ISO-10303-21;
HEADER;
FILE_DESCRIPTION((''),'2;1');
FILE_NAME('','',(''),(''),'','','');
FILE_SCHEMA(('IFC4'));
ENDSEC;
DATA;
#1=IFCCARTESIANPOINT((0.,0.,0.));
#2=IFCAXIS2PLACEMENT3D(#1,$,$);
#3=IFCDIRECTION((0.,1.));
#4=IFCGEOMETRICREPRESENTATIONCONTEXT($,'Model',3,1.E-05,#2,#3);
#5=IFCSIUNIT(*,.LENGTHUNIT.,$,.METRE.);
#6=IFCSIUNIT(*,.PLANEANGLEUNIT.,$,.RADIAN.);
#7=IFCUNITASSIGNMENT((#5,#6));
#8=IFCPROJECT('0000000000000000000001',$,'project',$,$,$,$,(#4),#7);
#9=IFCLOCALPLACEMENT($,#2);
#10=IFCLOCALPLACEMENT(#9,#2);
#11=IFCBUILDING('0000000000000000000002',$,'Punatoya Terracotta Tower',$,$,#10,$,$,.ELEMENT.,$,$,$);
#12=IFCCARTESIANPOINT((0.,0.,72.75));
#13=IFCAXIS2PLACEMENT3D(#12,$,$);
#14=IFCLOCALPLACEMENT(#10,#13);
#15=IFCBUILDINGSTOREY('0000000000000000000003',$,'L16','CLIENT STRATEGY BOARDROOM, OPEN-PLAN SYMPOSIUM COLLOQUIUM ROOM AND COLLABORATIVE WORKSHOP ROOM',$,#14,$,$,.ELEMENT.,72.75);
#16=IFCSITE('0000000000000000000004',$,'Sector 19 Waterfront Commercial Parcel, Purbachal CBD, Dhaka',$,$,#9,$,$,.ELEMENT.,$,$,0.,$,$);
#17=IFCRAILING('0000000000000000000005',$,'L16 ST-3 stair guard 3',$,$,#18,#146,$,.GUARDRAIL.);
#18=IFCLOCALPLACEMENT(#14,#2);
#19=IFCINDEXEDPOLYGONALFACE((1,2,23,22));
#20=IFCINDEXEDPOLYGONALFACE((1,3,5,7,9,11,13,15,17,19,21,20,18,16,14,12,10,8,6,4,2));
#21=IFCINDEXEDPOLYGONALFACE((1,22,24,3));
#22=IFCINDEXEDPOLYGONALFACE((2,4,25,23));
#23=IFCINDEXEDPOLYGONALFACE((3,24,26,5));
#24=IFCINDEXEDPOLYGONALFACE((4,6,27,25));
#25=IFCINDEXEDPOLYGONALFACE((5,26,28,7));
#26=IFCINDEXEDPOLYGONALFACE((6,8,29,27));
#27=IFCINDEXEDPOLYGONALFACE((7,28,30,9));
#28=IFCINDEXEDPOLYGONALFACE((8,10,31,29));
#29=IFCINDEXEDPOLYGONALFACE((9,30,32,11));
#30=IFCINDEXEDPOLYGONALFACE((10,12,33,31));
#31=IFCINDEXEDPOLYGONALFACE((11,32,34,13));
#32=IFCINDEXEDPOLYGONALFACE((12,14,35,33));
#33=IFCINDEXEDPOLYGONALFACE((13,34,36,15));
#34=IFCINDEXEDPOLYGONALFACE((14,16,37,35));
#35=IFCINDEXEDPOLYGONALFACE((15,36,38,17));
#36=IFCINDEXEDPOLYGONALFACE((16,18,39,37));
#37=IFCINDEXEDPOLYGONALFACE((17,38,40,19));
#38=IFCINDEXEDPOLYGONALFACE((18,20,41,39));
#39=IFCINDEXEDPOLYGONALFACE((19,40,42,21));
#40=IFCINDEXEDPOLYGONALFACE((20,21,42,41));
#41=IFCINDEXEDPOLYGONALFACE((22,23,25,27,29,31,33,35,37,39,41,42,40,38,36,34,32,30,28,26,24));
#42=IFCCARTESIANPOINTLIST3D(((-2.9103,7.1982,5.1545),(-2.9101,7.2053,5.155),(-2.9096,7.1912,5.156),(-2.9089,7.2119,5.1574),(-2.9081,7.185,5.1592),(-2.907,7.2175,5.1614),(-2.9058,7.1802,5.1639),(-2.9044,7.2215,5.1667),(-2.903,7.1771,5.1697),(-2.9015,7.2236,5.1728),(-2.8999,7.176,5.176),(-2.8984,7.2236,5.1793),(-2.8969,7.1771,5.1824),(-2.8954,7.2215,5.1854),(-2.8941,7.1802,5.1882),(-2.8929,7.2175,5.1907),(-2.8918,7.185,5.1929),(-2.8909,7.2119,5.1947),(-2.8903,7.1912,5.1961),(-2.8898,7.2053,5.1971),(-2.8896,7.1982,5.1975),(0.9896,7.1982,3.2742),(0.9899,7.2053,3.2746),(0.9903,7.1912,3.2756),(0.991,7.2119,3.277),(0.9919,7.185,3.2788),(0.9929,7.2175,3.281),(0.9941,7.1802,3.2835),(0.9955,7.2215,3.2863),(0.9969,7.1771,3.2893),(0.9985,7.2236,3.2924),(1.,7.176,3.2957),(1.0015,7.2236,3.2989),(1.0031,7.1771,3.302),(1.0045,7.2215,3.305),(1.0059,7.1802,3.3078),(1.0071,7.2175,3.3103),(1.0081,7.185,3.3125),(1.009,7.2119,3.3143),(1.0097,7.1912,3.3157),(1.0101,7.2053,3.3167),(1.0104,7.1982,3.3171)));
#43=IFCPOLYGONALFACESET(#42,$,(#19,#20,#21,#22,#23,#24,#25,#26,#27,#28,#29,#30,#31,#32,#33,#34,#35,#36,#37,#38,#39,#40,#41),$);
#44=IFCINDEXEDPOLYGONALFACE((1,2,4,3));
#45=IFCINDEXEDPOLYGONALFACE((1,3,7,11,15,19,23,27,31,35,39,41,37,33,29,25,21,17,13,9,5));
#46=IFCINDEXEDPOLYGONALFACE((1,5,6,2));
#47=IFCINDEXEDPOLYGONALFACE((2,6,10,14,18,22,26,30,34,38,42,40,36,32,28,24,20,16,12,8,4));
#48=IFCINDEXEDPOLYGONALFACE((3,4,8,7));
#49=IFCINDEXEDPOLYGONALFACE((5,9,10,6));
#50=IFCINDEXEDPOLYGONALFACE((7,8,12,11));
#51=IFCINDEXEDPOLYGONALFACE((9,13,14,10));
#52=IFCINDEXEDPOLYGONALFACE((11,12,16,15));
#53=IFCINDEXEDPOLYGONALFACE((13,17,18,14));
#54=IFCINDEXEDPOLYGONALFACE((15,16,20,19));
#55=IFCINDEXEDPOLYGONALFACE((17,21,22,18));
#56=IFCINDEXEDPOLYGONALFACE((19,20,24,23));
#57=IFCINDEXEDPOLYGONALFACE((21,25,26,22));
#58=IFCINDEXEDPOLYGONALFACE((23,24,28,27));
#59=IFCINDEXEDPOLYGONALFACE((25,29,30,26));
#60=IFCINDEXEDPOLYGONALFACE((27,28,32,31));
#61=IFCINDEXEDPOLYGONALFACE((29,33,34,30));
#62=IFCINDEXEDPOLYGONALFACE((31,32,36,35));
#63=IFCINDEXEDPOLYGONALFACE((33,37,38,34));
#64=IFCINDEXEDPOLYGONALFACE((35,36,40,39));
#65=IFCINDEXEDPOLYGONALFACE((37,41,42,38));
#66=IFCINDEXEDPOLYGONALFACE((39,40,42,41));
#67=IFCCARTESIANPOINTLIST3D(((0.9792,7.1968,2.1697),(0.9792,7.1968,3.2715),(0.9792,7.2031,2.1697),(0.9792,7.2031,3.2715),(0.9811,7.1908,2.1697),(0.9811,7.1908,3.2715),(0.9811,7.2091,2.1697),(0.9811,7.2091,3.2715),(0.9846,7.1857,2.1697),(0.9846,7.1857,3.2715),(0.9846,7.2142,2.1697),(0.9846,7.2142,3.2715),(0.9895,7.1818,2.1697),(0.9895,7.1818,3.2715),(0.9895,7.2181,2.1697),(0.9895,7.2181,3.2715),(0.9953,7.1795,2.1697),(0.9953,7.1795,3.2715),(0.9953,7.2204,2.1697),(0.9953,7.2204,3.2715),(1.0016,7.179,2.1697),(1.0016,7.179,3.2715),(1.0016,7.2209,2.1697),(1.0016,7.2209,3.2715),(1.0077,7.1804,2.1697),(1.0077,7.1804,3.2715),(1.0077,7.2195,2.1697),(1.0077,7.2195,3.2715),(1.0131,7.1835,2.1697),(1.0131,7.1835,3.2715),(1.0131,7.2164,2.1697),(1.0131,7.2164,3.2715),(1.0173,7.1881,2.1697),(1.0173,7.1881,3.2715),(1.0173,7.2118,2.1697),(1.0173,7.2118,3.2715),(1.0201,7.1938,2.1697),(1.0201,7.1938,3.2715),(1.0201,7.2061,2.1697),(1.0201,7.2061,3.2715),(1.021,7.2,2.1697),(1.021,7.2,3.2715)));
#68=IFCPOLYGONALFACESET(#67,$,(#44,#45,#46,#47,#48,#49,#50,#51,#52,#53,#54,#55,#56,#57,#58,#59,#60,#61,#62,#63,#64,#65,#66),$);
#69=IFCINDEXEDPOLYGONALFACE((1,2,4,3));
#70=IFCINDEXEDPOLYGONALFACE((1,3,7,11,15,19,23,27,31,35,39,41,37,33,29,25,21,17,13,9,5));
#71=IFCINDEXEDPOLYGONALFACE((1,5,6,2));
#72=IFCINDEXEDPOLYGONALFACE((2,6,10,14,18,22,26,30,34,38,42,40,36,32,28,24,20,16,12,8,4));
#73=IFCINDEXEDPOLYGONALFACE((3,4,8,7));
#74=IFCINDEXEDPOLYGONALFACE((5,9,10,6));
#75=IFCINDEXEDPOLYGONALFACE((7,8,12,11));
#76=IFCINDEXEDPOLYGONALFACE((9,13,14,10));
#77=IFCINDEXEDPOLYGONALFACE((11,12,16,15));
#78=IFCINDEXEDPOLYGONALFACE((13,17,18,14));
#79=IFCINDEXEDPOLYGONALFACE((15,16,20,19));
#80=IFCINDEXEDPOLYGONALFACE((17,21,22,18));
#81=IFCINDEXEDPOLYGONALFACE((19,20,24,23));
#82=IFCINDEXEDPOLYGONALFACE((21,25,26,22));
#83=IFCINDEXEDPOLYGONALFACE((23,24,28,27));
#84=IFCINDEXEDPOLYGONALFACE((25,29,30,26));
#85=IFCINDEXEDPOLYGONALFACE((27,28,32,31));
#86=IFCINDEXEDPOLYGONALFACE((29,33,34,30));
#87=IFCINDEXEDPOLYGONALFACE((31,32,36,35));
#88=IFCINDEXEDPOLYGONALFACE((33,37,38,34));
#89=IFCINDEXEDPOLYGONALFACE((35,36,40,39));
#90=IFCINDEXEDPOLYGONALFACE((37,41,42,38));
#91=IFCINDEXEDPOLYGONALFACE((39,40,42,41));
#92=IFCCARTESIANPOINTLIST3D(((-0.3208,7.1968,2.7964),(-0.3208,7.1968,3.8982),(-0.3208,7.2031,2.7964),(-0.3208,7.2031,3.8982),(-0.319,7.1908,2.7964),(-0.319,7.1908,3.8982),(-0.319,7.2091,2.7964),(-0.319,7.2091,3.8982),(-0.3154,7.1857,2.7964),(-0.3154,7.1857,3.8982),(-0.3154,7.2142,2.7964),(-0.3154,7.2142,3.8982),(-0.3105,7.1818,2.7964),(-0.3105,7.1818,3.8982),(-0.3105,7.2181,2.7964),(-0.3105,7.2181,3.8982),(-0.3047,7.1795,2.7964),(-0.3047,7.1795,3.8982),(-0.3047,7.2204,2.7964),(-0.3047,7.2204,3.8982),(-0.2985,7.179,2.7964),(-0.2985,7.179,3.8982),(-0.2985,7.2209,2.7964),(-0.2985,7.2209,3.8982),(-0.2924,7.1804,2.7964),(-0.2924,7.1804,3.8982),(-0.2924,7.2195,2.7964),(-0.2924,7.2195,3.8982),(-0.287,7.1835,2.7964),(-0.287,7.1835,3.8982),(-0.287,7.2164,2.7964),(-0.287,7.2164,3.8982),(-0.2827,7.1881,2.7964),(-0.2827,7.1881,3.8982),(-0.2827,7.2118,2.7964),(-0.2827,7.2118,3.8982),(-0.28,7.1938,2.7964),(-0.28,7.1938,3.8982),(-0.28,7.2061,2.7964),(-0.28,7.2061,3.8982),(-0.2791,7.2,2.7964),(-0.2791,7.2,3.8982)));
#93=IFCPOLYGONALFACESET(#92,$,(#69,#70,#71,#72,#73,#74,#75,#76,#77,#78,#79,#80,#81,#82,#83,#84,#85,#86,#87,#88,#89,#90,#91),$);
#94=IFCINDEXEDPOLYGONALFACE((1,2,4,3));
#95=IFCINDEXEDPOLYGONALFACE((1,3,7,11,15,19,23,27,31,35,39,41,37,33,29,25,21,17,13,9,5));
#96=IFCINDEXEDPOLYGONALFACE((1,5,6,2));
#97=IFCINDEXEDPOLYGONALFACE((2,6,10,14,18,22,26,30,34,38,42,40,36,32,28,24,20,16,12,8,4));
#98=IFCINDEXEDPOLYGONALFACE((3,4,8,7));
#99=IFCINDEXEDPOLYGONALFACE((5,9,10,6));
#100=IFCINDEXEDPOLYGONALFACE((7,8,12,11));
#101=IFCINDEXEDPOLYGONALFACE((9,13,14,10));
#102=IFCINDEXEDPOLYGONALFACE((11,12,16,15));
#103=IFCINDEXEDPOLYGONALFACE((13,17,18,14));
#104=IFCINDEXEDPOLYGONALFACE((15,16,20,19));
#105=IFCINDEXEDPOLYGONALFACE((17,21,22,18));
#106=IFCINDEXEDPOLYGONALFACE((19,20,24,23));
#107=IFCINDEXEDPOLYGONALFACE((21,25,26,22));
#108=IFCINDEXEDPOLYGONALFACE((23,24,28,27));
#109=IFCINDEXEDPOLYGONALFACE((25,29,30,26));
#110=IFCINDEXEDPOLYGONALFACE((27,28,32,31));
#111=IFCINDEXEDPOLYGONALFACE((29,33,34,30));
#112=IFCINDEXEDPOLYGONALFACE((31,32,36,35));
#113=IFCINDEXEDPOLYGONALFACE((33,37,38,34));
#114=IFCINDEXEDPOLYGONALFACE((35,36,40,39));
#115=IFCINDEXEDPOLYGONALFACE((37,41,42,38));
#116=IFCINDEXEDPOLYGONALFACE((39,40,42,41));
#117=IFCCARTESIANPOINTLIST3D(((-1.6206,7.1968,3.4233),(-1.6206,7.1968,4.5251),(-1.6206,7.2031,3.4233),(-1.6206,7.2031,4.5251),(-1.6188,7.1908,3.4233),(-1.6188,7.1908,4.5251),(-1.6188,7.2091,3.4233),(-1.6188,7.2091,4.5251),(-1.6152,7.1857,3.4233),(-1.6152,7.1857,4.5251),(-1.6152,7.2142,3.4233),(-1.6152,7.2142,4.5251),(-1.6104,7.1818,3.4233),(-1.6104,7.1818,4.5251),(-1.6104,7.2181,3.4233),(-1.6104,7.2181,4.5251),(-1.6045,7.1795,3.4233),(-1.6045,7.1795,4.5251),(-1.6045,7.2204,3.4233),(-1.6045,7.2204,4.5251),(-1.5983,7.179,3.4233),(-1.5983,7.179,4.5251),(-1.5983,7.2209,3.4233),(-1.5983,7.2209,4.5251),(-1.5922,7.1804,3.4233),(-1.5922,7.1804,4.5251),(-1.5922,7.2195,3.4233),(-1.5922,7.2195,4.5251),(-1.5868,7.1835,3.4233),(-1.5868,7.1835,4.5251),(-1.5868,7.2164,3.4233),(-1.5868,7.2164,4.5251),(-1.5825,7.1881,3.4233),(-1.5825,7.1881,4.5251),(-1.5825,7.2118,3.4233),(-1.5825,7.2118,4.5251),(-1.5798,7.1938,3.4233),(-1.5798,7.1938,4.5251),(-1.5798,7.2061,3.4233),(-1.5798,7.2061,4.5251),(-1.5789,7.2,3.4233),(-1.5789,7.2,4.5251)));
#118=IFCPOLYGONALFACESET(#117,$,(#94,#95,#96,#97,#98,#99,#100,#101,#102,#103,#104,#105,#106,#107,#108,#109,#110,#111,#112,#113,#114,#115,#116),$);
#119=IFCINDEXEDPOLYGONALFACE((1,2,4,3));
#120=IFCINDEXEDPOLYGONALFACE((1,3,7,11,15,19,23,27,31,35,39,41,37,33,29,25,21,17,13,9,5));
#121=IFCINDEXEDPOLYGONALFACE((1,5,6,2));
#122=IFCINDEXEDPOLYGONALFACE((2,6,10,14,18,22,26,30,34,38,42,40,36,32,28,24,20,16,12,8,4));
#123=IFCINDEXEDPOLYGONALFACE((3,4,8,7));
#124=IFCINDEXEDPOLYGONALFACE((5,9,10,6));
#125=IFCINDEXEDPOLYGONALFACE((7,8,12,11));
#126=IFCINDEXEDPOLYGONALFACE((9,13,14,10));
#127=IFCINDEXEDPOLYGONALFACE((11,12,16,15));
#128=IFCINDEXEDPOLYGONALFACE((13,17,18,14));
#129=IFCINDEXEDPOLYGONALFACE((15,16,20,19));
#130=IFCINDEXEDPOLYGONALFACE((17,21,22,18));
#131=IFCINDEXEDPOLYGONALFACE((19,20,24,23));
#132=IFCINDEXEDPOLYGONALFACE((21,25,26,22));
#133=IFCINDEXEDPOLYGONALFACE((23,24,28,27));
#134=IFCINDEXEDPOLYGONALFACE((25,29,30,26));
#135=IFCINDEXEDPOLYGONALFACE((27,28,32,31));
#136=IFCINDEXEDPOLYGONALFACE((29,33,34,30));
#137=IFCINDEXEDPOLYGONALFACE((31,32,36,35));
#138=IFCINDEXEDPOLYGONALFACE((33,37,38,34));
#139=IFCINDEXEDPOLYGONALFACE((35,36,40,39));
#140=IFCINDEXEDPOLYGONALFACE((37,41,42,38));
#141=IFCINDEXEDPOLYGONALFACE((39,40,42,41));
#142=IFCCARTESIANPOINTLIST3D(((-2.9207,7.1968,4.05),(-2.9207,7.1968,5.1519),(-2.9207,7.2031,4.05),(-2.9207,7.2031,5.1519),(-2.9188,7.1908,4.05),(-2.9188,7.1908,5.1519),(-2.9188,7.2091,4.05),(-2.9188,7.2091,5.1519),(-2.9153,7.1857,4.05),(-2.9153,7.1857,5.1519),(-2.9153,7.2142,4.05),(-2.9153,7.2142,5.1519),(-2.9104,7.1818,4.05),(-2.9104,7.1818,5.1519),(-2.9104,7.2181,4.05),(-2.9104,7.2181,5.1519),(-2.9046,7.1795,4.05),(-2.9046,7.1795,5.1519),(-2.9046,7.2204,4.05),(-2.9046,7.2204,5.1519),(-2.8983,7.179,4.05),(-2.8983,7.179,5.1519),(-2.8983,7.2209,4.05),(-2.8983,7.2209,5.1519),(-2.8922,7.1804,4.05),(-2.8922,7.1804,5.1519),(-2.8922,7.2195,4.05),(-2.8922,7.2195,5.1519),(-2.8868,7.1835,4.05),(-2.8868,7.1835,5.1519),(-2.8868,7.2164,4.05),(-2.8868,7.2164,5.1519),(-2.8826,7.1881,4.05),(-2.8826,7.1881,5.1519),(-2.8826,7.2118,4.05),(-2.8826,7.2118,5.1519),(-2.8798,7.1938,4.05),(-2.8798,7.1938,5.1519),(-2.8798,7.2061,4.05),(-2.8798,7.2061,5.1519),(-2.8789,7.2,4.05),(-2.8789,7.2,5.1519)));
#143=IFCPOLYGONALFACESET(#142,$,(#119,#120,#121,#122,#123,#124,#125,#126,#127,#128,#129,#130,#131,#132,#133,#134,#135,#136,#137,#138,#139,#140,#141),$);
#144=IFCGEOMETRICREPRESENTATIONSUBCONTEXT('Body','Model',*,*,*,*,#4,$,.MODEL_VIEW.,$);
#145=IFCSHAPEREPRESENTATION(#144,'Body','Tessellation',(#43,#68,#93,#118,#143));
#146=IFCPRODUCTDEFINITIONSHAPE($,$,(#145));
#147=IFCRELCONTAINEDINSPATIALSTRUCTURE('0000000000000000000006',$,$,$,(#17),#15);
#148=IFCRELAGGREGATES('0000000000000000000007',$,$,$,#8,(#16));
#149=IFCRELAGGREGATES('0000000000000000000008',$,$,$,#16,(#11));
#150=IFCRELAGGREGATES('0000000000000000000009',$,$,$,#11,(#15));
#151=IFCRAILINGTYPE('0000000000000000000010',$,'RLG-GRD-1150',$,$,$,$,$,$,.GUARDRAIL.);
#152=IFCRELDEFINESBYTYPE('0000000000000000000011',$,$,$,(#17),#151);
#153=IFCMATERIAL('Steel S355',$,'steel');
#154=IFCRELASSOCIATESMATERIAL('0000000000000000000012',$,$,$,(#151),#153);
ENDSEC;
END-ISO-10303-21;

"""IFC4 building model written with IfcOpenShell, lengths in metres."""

from ifc_helpers import new_model, si_unit, direction, frame, origin, origin_2d, place, context, subcontext, project, spatial, circle, extrude, material, type_object, element, save


model = new_model("IFC4")

# Units and contexts
model_context = context("Model", 3, precision=1e-05, world=origin(), true_north=direction((0.0, 1.0)))
body_context = subcontext(model_context, "Body", "Model", "MODEL_VIEW")
ifc_project = project(units=[si_unit("LENGTHUNIT", "METRE"), si_unit("PLANEANGLEUNIT", "RADIAN")], contexts=[model_context])

# Site, building, storey
site_placement = place(None, origin())
site = spatial("IfcSite", under=ifc_project, at=site_placement, Name="Sector 19 Waterfront Commercial Parcel, Purbachal CBD, Dhaka", CompositionType="ELEMENT", RefElevation=0.0)
building_placement = place(site_placement, origin())
building = spatial("IfcBuilding", under=site, at=building_placement, Name="Punatoya Terracotta Tower", CompositionType="ELEMENT")
storey_placement = place(building_placement, frame((0.0, 0.0, 72.75)))
storey = spatial("IfcBuildingStorey", under=building, at=storey_placement, Name="L16", Description="CLIENT STRATEGY BOARDROOM, OPEN-PLAN SYMPOSIUM COLLOQUIUM ROOM AND COLLABORATIVE WORKSHOP ROOM", CompositionType="ELEMENT", Elevation=72.75)

# Shared definitions
ifc_material_1 = material(Name="Steel S355", Category="steel")

# Railing
railing_type_1 = type_object("IfcRailingType", Name="RLG-GRD-1150", PredefinedType="GUARDRAIL", material=ifc_material_1)
railing_1_placement = place(storey_placement, frame((1.0, 7.2, 2.1697)))
element("IfcRailing", 1, at=railing_1_placement, inside=storey, type_object=railing_type_1, Name="L16 ST-3 stair guard 3", PredefinedType="GUARDRAIL", context=body_context, shape_type="SweptSolid", body=[
    extrude(circle(Radius=0.0239, at=origin_2d()), frame((0.0, 0.0, 1.126), z_axis=(-0.900763, 0.0, 0.434311), x_axis=(0.0, -1.0, 0.0)), (0.0, 0.0, 1.0), 4.3296),
    extrude(circle(Radius=0.021, at=origin_2d()), origin(), (0.0, 0.0, 1.0), 1.1018),
    extrude(circle(Radius=0.021, at=origin_2d()), frame((-1.3, 0.0, 0.6267)), (0.0, 0.0, 1.0), 1.1018),
    extrude(circle(Radius=0.021, at=origin_2d()), frame((-2.5999, 0.0, 1.2537)), (0.0, 0.0, 1.0), 1.1018),
    extrude(circle(Radius=0.021, at=origin_2d()), frame((-3.8999, 0.0, 1.8804)), (0.0, 0.0, 1.0), 1.1018),
])

save(model, "model.ifc")
